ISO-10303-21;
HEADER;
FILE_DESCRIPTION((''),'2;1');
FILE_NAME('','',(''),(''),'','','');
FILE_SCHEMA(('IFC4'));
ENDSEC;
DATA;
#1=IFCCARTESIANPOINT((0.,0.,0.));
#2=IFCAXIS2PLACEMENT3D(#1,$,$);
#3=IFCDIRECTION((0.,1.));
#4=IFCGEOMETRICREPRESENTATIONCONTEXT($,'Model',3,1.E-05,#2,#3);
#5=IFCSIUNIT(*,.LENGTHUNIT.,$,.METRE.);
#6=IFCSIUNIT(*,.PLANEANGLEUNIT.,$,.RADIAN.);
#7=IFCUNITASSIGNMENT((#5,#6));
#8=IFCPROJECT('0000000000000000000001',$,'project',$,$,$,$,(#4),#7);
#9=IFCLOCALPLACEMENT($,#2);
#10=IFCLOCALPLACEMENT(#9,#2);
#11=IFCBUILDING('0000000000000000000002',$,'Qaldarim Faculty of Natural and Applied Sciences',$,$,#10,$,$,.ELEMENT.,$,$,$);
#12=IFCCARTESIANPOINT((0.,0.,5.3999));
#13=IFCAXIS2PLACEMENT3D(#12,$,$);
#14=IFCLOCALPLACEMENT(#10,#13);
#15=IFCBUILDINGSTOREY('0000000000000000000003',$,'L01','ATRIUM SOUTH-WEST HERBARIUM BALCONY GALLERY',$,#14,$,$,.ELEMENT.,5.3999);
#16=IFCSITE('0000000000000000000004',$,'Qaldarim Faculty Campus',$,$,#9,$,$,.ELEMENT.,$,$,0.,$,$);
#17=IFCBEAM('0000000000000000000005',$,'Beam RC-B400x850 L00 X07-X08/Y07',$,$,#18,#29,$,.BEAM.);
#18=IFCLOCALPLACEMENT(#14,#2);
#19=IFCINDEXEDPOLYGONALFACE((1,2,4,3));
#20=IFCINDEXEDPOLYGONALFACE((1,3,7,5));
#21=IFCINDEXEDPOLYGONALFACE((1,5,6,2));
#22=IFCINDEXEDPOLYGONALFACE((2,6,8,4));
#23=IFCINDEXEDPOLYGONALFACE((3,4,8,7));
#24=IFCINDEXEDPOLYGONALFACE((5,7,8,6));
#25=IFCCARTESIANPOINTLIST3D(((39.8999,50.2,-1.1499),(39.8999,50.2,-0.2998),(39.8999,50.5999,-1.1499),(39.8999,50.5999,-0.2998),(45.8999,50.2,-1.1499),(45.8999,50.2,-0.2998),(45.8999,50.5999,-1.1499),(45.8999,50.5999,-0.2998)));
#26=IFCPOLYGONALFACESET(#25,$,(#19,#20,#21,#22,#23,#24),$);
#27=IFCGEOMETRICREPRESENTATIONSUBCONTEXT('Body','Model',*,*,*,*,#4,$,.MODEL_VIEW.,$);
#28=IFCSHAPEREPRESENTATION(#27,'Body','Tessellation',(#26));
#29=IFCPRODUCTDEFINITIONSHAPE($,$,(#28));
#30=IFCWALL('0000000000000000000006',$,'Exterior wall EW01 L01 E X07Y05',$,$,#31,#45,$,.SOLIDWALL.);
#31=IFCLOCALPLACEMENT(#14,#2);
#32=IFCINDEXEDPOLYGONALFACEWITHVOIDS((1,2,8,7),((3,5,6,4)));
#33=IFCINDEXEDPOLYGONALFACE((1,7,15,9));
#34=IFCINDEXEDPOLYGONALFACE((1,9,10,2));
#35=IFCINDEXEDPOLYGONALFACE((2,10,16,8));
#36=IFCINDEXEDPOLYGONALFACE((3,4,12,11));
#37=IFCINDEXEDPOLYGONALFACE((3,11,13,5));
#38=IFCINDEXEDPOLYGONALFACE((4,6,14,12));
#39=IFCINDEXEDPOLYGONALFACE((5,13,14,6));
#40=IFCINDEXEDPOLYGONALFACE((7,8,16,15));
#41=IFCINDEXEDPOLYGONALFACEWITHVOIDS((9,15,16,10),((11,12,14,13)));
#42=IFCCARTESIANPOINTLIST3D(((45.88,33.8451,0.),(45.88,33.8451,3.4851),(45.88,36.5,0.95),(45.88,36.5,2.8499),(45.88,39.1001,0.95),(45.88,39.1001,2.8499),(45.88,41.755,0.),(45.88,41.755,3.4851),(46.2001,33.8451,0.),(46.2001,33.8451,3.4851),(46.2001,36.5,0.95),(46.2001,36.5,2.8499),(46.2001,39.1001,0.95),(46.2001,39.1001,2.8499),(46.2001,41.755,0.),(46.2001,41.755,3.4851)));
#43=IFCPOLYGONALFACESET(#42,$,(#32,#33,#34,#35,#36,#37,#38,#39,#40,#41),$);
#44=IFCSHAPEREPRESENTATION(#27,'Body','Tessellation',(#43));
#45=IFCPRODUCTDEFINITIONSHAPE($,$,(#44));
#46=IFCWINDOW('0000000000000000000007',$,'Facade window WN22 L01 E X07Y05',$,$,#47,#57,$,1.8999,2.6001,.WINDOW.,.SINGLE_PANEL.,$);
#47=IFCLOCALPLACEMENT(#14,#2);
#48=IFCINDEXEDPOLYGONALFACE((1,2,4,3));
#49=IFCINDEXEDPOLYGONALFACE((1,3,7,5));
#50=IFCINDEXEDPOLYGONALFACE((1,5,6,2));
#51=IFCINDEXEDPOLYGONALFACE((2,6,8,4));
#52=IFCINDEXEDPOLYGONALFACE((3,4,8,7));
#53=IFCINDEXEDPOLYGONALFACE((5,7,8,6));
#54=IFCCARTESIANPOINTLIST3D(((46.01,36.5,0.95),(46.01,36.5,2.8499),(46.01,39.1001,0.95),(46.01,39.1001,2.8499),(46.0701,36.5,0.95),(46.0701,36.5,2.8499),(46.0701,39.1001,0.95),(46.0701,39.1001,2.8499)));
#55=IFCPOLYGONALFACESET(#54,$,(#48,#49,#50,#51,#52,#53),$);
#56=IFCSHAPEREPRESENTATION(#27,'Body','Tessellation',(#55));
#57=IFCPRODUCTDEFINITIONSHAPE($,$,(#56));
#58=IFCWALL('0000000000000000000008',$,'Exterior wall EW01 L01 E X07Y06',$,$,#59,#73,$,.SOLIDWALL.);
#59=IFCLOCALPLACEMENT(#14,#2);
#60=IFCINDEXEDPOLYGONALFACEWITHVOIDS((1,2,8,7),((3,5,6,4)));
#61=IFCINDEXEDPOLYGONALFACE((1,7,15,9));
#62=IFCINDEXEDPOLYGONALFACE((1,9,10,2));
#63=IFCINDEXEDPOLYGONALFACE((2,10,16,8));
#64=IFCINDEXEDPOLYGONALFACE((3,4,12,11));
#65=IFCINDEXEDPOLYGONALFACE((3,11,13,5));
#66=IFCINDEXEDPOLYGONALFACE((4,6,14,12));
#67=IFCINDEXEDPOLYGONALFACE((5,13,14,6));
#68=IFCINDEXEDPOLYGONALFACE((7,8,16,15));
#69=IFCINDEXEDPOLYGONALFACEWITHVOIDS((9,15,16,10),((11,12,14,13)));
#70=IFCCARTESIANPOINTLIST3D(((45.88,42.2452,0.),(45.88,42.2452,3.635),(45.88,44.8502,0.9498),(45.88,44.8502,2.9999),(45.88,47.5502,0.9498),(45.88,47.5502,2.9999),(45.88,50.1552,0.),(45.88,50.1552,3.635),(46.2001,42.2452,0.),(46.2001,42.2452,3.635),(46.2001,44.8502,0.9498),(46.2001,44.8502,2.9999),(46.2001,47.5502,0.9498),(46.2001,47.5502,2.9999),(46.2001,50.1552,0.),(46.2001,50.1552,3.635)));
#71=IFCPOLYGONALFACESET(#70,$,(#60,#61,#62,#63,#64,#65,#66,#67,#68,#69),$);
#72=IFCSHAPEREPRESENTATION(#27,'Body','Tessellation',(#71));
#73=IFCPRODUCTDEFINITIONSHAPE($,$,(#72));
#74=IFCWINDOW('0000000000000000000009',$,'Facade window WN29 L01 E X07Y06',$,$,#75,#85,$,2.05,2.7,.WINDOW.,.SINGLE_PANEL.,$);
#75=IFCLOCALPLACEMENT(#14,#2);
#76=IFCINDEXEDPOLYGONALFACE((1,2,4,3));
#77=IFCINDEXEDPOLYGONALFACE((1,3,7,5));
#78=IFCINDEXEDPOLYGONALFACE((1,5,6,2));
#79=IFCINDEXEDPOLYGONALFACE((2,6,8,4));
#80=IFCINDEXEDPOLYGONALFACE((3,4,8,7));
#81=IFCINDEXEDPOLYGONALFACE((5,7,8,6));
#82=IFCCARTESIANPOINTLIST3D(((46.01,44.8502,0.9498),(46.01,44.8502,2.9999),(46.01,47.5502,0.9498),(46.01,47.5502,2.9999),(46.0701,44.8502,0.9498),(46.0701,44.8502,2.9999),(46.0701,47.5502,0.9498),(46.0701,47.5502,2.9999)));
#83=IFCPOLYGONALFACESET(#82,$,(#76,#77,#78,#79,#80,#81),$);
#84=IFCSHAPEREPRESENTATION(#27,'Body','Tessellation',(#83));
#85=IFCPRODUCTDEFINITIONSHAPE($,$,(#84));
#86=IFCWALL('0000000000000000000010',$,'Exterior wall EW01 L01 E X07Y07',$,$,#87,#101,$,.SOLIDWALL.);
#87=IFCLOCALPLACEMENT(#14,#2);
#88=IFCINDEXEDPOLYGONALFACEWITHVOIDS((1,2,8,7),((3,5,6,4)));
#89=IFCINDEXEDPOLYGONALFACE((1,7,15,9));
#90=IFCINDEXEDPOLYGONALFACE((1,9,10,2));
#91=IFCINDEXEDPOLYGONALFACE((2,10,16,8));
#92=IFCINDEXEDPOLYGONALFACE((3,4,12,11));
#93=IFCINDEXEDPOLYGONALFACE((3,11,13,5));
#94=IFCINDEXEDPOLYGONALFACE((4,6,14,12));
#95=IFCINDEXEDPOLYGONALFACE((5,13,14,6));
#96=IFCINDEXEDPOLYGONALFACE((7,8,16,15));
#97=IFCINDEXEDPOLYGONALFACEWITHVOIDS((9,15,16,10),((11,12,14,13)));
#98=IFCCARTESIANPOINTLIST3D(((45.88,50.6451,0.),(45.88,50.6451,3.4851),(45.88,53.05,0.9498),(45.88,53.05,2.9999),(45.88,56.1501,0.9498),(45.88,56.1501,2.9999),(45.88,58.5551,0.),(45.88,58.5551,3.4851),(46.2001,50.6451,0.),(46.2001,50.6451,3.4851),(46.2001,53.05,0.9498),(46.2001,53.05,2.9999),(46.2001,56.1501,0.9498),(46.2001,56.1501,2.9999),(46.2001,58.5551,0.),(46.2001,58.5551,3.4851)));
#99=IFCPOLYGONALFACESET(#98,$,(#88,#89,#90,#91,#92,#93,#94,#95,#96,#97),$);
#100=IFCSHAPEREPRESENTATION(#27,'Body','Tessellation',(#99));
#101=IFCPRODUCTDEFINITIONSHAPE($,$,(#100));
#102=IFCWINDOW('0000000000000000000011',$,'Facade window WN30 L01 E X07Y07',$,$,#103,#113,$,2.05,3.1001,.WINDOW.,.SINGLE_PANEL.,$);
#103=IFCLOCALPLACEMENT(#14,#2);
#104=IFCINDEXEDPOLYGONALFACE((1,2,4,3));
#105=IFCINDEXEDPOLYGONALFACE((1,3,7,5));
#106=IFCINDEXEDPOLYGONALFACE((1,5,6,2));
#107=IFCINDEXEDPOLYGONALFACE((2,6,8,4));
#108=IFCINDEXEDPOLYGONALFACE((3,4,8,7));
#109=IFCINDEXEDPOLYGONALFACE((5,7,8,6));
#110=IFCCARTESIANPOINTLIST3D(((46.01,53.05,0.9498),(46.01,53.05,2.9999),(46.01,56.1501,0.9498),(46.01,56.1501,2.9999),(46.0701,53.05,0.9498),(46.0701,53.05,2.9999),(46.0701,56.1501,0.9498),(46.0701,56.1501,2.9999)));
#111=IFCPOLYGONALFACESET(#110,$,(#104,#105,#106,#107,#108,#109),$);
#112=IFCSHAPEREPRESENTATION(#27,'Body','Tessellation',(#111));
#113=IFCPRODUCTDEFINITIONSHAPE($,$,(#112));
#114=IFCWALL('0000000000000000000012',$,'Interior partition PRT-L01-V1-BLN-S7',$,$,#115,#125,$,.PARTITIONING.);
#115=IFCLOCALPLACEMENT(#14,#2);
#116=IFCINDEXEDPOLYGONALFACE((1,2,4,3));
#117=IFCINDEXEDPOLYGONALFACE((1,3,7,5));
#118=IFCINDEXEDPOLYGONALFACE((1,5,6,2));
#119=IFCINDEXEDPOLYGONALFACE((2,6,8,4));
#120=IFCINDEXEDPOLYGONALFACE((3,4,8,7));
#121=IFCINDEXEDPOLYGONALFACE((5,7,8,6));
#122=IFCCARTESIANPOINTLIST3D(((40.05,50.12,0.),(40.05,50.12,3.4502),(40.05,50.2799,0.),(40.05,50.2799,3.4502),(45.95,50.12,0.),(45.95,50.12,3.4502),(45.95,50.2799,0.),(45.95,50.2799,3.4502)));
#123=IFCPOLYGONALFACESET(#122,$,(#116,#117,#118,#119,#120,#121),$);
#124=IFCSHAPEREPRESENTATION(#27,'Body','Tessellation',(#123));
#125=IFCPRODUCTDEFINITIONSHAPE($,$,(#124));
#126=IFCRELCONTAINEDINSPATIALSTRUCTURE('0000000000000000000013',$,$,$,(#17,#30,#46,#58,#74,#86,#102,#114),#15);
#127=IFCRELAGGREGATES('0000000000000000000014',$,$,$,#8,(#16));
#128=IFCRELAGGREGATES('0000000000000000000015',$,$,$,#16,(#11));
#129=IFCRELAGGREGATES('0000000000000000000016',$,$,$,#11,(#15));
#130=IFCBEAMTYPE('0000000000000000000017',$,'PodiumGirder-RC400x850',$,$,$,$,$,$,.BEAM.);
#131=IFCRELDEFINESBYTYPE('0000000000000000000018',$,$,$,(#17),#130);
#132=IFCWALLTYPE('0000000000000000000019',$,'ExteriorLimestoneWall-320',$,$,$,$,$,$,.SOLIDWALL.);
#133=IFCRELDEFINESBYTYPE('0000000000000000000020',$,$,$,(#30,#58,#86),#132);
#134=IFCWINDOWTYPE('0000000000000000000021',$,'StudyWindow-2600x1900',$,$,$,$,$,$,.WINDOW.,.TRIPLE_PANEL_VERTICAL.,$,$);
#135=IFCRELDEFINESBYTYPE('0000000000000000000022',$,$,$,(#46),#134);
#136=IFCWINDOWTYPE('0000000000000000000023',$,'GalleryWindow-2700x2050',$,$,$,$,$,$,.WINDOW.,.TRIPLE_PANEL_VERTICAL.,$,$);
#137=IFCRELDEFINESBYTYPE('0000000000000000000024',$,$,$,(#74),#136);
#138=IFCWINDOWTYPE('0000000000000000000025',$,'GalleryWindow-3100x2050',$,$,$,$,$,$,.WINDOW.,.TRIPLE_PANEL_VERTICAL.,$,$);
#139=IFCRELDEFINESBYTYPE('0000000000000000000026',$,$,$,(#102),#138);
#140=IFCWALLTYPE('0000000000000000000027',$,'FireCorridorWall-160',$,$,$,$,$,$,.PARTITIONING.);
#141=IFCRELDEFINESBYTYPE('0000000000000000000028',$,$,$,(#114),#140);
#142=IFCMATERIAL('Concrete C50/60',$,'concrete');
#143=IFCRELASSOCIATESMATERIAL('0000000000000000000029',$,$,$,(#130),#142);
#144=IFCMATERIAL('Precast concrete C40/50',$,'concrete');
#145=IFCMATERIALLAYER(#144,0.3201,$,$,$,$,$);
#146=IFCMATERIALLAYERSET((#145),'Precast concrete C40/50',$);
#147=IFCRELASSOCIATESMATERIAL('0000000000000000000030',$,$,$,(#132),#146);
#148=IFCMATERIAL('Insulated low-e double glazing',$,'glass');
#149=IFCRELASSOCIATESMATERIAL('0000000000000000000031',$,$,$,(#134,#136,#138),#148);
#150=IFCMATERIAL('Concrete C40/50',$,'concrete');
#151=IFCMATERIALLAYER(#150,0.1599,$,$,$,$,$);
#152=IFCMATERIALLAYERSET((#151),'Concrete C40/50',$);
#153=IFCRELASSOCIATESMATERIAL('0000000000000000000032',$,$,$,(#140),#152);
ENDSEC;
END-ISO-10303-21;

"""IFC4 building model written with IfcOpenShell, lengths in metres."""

from ifc_helpers import new_model, si_unit, direction, frame, frame_2d, origin, origin_2d, place, context, subcontext, project, spatial, rectangle, extrude, material, layer, layer_set, material_profile, profile_set, type_object, element, fill, save


model = new_model("IFC4")

# Units and contexts
model_context = context("Model", 3, precision=1e-05, world=origin(), true_north=direction((0.0, 1.0)))
body_context = subcontext(model_context, "Body", "Model", "MODEL_VIEW")
ifc_project = project(units=[si_unit("LENGTHUNIT", "METRE"), si_unit("PLANEANGLEUNIT", "RADIAN")], contexts=[model_context])

# Site, building, storey
site_placement = place(None, origin())
site = spatial("IfcSite", under=ifc_project, at=site_placement, Name="Qaldarim Faculty Campus", CompositionType="ELEMENT", RefElevation=0.0)
building_placement = place(site_placement, origin())
building = spatial("IfcBuilding", under=site, at=building_placement, Name="Qaldarim Faculty of Natural and Applied Sciences", CompositionType="ELEMENT")
storey_placement = place(building_placement, frame((0.0, 0.0, 5.3999)))
storey = spatial("IfcBuildingStorey", under=building, at=storey_placement, Name="L01", Description="ATRIUM SOUTH-WEST HERBARIUM BALCONY GALLERY", CompositionType="ELEMENT", Elevation=5.3999)

# Shared definitions
ifc_material_1 = material(Name="Concrete C40/50", Category="concrete")
ifc_material_2 = material(Name="Concrete C50/60", Category="concrete")

# Beam
ifc_material_profile_1 = material_profile(ifc_material_2, rectangle(XDim=0.3999, YDim=0.8501, at=origin_2d()), Name="RC-B400x850")
ifc_profile_set_1 = profile_set([ifc_material_profile_1], Name="Concrete C50/60")
beam_type_1 = type_object("IfcBeamType", Name="PodiumGirder-RC400x850", PredefinedType="BEAM", material=ifc_profile_set_1)
beam_1_placement = place(storey_placement, frame((39.8999, 50.3999, -0.7249), z_axis=(1.0, 0.0, 0.0), x_axis=(0.0, 1.0, 0.0)))
element("IfcBeam", 1, at=beam_1_placement, inside=storey, type_object=beam_type_1, Name="Beam RC-B400x850 L00 X07-X08/Y07", PredefinedType="BEAM", context=body_context, shape_type="SweptSolid", body=[
    extrude(rectangle(XDim=0.3999, YDim=0.8501, at=origin_2d()), origin(), (0.0, 0.0, 1.0), 6.0),
])

# Walls, openings, windows
ifc_material_3 = material(Name="Precast concrete C40/50", Category="concrete")
ifc_layer_1 = layer(ifc_material_3, 0.3201)
ifc_layer_set_1 = layer_set([ifc_layer_1], Name="Precast concrete C40/50")
wall_type_1 = type_object("IfcWallType", Name="ExteriorLimestoneWall-320", PredefinedType="SOLIDWALL", material=ifc_layer_set_1)
wall_1_placement = place(storey_placement, frame((46.04, 33.845, 0.0), z_axis=(0.0, 0.0, 1.0), x_axis=(0.0, 1.0, 0.0)))
wall_1 = element("IfcWall", 2, at=wall_1_placement, inside=storey, type_object=wall_type_1, Name="Exterior wall EW01 L01 E X07Y05", PredefinedType="SOLIDWALL", context=body_context, shape_type="SweptSolid", body=[
    extrude(rectangle(XDim=7.9099, YDim=0.3201, at=frame_2d((3.9551, 0.0))), origin(), (0.0, 0.0, 1.0), 3.4851),
])
opening_1_placement = place(wall_1_placement, frame((2.655, 0.0, 0.95)))
opening_1 = element("IfcOpeningElement", 3, at=opening_1_placement, cuts=wall_1, PredefinedType="OPENING", context=body_context, shape_type="SweptSolid", body=[
    extrude(rectangle(XDim=2.6001, YDim=1.8999, at=frame_2d((1.3, 0.95))), frame((0.0, 0.1699, 0.0), z_axis=(0.0, -1.0, 0.0), x_axis=(1.0, 0.0, 0.0)), (0.0, 0.0, 1.0), 0.3401),
])
ifc_material_4 = material(Name="Insulated low-e double glazing", Category="glass")
window_type_1 = type_object("IfcWindowType", Name="StudyWindow-2600x1900", PartitioningType="TRIPLE_PANEL_VERTICAL", PredefinedType="WINDOW", material=ifc_material_4)
window_1_placement = place(opening_1_placement, origin())
window_1 = element("IfcWindow", 4, at=window_1_placement, inside=storey, type_object=window_type_1, Name="Facade window WN22 L01 E X07Y05", OverallHeight=1.8999, OverallWidth=2.6001, PartitioningType="SINGLE_PANEL", PredefinedType="WINDOW", context=body_context, shape_type="SweptSolid", body=[
    extrude(rectangle(XDim=2.6001, YDim=1.8999, at=frame_2d((1.3, 0.95))), frame((0.0, 0.03, 0.0), z_axis=(0.0, -1.0, 0.0), x_axis=(1.0, 0.0, 0.0)), (0.0, 0.0, 1.0), 0.0601),
])
fill(opening_1, window_1)
wall_2_placement = place(storey_placement, frame((46.04, 42.2451, 0.0), z_axis=(0.0, 0.0, 1.0), x_axis=(0.0, 1.0, 0.0)))
wall_2 = element("IfcWall", 5, at=wall_2_placement, inside=storey, type_object=wall_type_1, Name="Exterior wall EW01 L01 E X07Y06", PredefinedType="SOLIDWALL", context=body_context, shape_type="SweptSolid", body=[
    extrude(rectangle(XDim=7.9099, YDim=0.3201, at=frame_2d((3.9551, 0.0))), origin(), (0.0, 0.0, 1.0), 3.635),
])
opening_2_placement = place(wall_2_placement, frame((2.605, 0.0, 0.95)))
opening_2 = element("IfcOpeningElement", 6, at=opening_2_placement, cuts=wall_2, PredefinedType="OPENING", context=body_context, shape_type="SweptSolid", body=[
    extrude(rectangle(XDim=2.7, YDim=2.05, at=frame_2d((1.3501, 1.0249))), frame((0.0, 0.1699, 0.0), z_axis=(0.0, -1.0, 0.0), x_axis=(1.0, 0.0, 0.0)), (0.0, 0.0, 1.0), 0.3401),
])
window_type_2 = type_object("IfcWindowType", Name="GalleryWindow-2700x2050", PartitioningType="TRIPLE_PANEL_VERTICAL", PredefinedType="WINDOW", material=ifc_material_4)
window_2_placement = place(opening_2_placement, origin())
window_2 = element("IfcWindow", 7, at=window_2_placement, inside=storey, type_object=window_type_2, Name="Facade window WN29 L01 E X07Y06", OverallHeight=2.05, OverallWidth=2.7, PartitioningType="SINGLE_PANEL", PredefinedType="WINDOW", context=body_context, shape_type="SweptSolid", body=[
    extrude(rectangle(XDim=2.7, YDim=2.05, at=frame_2d((1.3501, 1.0249))), frame((0.0, 0.03, 0.0), z_axis=(0.0, -1.0, 0.0), x_axis=(1.0, 0.0, 0.0)), (0.0, 0.0, 1.0), 0.0601),
])
fill(opening_2, window_2)
wall_3_placement = place(storey_placement, frame((46.04, 50.645, 0.0), z_axis=(0.0, 0.0, 1.0), x_axis=(0.0, 1.0, 0.0)))
wall_3 = element("IfcWall", 8, at=wall_3_placement, inside=storey, type_object=wall_type_1, Name="Exterior wall EW01 L01 E X07Y07", PredefinedType="SOLIDWALL", context=body_context, shape_type="SweptSolid", body=[
    extrude(rectangle(XDim=7.9099, YDim=0.3201, at=frame_2d((3.9551, 0.0))), origin(), (0.0, 0.0, 1.0), 3.4851),
])
opening_3_placement = place(wall_3_placement, frame((2.405, 0.0, 0.95)))
opening_3 = element("IfcOpeningElement", 9, at=opening_3_placement, cuts=wall_3, PredefinedType="OPENING", context=body_context, shape_type="SweptSolid", body=[
    extrude(rectangle(XDim=3.1001, YDim=2.05, at=frame_2d((1.55, 1.0249))), frame((0.0, 0.1699, 0.0), z_axis=(0.0, -1.0, 0.0), x_axis=(1.0, 0.0, 0.0)), (0.0, 0.0, 1.0), 0.3401),
])
window_type_3 = type_object("IfcWindowType", Name="GalleryWindow-3100x2050", PartitioningType="TRIPLE_PANEL_VERTICAL", PredefinedType="WINDOW", material=ifc_material_4)
window_3_placement = place(opening_3_placement, origin())
window_3 = element("IfcWindow", 10, at=window_3_placement, inside=storey, type_object=window_type_3, Name="Facade window WN30 L01 E X07Y07", OverallHeight=2.05, OverallWidth=3.1001, PartitioningType="SINGLE_PANEL", PredefinedType="WINDOW", context=body_context, shape_type="SweptSolid", body=[
    extrude(rectangle(XDim=3.1001, YDim=2.05, at=frame_2d((1.55, 1.0249))), frame((0.0, 0.03, 0.0), z_axis=(0.0, -1.0, 0.0), x_axis=(1.0, 0.0, 0.0)), (0.0, 0.0, 1.0), 0.0601),
])
fill(opening_3, window_3)

# Wall
ifc_layer_2 = layer(ifc_material_1, 0.1599)
ifc_layer_set_2 = layer_set([ifc_layer_2], Name="Concrete C40/50")
wall_type_2 = type_object("IfcWallType", Name="FireCorridorWall-160", PredefinedType="PARTITIONING", material=ifc_layer_set_2)
wall_4_placement = place(storey_placement, frame((40.05, 50.2, 0.0), z_axis=(0.0, 0.0, 1.0), x_axis=(1.0, 0.0, 0.0)))
element("IfcWall", 11, at=wall_4_placement, inside=storey, type_object=wall_type_2, Name="Interior partition PRT-L01-V1-BLN-S7", PredefinedType="PARTITIONING", context=body_context, shape_type="SweptSolid", body=[
    extrude(rectangle(XDim=5.8999, YDim=0.1599, at=frame_2d((2.95, 0.0))), origin(), (0.0, 0.0, 1.0), 3.4502),
])

save(model, "model.ifc")
